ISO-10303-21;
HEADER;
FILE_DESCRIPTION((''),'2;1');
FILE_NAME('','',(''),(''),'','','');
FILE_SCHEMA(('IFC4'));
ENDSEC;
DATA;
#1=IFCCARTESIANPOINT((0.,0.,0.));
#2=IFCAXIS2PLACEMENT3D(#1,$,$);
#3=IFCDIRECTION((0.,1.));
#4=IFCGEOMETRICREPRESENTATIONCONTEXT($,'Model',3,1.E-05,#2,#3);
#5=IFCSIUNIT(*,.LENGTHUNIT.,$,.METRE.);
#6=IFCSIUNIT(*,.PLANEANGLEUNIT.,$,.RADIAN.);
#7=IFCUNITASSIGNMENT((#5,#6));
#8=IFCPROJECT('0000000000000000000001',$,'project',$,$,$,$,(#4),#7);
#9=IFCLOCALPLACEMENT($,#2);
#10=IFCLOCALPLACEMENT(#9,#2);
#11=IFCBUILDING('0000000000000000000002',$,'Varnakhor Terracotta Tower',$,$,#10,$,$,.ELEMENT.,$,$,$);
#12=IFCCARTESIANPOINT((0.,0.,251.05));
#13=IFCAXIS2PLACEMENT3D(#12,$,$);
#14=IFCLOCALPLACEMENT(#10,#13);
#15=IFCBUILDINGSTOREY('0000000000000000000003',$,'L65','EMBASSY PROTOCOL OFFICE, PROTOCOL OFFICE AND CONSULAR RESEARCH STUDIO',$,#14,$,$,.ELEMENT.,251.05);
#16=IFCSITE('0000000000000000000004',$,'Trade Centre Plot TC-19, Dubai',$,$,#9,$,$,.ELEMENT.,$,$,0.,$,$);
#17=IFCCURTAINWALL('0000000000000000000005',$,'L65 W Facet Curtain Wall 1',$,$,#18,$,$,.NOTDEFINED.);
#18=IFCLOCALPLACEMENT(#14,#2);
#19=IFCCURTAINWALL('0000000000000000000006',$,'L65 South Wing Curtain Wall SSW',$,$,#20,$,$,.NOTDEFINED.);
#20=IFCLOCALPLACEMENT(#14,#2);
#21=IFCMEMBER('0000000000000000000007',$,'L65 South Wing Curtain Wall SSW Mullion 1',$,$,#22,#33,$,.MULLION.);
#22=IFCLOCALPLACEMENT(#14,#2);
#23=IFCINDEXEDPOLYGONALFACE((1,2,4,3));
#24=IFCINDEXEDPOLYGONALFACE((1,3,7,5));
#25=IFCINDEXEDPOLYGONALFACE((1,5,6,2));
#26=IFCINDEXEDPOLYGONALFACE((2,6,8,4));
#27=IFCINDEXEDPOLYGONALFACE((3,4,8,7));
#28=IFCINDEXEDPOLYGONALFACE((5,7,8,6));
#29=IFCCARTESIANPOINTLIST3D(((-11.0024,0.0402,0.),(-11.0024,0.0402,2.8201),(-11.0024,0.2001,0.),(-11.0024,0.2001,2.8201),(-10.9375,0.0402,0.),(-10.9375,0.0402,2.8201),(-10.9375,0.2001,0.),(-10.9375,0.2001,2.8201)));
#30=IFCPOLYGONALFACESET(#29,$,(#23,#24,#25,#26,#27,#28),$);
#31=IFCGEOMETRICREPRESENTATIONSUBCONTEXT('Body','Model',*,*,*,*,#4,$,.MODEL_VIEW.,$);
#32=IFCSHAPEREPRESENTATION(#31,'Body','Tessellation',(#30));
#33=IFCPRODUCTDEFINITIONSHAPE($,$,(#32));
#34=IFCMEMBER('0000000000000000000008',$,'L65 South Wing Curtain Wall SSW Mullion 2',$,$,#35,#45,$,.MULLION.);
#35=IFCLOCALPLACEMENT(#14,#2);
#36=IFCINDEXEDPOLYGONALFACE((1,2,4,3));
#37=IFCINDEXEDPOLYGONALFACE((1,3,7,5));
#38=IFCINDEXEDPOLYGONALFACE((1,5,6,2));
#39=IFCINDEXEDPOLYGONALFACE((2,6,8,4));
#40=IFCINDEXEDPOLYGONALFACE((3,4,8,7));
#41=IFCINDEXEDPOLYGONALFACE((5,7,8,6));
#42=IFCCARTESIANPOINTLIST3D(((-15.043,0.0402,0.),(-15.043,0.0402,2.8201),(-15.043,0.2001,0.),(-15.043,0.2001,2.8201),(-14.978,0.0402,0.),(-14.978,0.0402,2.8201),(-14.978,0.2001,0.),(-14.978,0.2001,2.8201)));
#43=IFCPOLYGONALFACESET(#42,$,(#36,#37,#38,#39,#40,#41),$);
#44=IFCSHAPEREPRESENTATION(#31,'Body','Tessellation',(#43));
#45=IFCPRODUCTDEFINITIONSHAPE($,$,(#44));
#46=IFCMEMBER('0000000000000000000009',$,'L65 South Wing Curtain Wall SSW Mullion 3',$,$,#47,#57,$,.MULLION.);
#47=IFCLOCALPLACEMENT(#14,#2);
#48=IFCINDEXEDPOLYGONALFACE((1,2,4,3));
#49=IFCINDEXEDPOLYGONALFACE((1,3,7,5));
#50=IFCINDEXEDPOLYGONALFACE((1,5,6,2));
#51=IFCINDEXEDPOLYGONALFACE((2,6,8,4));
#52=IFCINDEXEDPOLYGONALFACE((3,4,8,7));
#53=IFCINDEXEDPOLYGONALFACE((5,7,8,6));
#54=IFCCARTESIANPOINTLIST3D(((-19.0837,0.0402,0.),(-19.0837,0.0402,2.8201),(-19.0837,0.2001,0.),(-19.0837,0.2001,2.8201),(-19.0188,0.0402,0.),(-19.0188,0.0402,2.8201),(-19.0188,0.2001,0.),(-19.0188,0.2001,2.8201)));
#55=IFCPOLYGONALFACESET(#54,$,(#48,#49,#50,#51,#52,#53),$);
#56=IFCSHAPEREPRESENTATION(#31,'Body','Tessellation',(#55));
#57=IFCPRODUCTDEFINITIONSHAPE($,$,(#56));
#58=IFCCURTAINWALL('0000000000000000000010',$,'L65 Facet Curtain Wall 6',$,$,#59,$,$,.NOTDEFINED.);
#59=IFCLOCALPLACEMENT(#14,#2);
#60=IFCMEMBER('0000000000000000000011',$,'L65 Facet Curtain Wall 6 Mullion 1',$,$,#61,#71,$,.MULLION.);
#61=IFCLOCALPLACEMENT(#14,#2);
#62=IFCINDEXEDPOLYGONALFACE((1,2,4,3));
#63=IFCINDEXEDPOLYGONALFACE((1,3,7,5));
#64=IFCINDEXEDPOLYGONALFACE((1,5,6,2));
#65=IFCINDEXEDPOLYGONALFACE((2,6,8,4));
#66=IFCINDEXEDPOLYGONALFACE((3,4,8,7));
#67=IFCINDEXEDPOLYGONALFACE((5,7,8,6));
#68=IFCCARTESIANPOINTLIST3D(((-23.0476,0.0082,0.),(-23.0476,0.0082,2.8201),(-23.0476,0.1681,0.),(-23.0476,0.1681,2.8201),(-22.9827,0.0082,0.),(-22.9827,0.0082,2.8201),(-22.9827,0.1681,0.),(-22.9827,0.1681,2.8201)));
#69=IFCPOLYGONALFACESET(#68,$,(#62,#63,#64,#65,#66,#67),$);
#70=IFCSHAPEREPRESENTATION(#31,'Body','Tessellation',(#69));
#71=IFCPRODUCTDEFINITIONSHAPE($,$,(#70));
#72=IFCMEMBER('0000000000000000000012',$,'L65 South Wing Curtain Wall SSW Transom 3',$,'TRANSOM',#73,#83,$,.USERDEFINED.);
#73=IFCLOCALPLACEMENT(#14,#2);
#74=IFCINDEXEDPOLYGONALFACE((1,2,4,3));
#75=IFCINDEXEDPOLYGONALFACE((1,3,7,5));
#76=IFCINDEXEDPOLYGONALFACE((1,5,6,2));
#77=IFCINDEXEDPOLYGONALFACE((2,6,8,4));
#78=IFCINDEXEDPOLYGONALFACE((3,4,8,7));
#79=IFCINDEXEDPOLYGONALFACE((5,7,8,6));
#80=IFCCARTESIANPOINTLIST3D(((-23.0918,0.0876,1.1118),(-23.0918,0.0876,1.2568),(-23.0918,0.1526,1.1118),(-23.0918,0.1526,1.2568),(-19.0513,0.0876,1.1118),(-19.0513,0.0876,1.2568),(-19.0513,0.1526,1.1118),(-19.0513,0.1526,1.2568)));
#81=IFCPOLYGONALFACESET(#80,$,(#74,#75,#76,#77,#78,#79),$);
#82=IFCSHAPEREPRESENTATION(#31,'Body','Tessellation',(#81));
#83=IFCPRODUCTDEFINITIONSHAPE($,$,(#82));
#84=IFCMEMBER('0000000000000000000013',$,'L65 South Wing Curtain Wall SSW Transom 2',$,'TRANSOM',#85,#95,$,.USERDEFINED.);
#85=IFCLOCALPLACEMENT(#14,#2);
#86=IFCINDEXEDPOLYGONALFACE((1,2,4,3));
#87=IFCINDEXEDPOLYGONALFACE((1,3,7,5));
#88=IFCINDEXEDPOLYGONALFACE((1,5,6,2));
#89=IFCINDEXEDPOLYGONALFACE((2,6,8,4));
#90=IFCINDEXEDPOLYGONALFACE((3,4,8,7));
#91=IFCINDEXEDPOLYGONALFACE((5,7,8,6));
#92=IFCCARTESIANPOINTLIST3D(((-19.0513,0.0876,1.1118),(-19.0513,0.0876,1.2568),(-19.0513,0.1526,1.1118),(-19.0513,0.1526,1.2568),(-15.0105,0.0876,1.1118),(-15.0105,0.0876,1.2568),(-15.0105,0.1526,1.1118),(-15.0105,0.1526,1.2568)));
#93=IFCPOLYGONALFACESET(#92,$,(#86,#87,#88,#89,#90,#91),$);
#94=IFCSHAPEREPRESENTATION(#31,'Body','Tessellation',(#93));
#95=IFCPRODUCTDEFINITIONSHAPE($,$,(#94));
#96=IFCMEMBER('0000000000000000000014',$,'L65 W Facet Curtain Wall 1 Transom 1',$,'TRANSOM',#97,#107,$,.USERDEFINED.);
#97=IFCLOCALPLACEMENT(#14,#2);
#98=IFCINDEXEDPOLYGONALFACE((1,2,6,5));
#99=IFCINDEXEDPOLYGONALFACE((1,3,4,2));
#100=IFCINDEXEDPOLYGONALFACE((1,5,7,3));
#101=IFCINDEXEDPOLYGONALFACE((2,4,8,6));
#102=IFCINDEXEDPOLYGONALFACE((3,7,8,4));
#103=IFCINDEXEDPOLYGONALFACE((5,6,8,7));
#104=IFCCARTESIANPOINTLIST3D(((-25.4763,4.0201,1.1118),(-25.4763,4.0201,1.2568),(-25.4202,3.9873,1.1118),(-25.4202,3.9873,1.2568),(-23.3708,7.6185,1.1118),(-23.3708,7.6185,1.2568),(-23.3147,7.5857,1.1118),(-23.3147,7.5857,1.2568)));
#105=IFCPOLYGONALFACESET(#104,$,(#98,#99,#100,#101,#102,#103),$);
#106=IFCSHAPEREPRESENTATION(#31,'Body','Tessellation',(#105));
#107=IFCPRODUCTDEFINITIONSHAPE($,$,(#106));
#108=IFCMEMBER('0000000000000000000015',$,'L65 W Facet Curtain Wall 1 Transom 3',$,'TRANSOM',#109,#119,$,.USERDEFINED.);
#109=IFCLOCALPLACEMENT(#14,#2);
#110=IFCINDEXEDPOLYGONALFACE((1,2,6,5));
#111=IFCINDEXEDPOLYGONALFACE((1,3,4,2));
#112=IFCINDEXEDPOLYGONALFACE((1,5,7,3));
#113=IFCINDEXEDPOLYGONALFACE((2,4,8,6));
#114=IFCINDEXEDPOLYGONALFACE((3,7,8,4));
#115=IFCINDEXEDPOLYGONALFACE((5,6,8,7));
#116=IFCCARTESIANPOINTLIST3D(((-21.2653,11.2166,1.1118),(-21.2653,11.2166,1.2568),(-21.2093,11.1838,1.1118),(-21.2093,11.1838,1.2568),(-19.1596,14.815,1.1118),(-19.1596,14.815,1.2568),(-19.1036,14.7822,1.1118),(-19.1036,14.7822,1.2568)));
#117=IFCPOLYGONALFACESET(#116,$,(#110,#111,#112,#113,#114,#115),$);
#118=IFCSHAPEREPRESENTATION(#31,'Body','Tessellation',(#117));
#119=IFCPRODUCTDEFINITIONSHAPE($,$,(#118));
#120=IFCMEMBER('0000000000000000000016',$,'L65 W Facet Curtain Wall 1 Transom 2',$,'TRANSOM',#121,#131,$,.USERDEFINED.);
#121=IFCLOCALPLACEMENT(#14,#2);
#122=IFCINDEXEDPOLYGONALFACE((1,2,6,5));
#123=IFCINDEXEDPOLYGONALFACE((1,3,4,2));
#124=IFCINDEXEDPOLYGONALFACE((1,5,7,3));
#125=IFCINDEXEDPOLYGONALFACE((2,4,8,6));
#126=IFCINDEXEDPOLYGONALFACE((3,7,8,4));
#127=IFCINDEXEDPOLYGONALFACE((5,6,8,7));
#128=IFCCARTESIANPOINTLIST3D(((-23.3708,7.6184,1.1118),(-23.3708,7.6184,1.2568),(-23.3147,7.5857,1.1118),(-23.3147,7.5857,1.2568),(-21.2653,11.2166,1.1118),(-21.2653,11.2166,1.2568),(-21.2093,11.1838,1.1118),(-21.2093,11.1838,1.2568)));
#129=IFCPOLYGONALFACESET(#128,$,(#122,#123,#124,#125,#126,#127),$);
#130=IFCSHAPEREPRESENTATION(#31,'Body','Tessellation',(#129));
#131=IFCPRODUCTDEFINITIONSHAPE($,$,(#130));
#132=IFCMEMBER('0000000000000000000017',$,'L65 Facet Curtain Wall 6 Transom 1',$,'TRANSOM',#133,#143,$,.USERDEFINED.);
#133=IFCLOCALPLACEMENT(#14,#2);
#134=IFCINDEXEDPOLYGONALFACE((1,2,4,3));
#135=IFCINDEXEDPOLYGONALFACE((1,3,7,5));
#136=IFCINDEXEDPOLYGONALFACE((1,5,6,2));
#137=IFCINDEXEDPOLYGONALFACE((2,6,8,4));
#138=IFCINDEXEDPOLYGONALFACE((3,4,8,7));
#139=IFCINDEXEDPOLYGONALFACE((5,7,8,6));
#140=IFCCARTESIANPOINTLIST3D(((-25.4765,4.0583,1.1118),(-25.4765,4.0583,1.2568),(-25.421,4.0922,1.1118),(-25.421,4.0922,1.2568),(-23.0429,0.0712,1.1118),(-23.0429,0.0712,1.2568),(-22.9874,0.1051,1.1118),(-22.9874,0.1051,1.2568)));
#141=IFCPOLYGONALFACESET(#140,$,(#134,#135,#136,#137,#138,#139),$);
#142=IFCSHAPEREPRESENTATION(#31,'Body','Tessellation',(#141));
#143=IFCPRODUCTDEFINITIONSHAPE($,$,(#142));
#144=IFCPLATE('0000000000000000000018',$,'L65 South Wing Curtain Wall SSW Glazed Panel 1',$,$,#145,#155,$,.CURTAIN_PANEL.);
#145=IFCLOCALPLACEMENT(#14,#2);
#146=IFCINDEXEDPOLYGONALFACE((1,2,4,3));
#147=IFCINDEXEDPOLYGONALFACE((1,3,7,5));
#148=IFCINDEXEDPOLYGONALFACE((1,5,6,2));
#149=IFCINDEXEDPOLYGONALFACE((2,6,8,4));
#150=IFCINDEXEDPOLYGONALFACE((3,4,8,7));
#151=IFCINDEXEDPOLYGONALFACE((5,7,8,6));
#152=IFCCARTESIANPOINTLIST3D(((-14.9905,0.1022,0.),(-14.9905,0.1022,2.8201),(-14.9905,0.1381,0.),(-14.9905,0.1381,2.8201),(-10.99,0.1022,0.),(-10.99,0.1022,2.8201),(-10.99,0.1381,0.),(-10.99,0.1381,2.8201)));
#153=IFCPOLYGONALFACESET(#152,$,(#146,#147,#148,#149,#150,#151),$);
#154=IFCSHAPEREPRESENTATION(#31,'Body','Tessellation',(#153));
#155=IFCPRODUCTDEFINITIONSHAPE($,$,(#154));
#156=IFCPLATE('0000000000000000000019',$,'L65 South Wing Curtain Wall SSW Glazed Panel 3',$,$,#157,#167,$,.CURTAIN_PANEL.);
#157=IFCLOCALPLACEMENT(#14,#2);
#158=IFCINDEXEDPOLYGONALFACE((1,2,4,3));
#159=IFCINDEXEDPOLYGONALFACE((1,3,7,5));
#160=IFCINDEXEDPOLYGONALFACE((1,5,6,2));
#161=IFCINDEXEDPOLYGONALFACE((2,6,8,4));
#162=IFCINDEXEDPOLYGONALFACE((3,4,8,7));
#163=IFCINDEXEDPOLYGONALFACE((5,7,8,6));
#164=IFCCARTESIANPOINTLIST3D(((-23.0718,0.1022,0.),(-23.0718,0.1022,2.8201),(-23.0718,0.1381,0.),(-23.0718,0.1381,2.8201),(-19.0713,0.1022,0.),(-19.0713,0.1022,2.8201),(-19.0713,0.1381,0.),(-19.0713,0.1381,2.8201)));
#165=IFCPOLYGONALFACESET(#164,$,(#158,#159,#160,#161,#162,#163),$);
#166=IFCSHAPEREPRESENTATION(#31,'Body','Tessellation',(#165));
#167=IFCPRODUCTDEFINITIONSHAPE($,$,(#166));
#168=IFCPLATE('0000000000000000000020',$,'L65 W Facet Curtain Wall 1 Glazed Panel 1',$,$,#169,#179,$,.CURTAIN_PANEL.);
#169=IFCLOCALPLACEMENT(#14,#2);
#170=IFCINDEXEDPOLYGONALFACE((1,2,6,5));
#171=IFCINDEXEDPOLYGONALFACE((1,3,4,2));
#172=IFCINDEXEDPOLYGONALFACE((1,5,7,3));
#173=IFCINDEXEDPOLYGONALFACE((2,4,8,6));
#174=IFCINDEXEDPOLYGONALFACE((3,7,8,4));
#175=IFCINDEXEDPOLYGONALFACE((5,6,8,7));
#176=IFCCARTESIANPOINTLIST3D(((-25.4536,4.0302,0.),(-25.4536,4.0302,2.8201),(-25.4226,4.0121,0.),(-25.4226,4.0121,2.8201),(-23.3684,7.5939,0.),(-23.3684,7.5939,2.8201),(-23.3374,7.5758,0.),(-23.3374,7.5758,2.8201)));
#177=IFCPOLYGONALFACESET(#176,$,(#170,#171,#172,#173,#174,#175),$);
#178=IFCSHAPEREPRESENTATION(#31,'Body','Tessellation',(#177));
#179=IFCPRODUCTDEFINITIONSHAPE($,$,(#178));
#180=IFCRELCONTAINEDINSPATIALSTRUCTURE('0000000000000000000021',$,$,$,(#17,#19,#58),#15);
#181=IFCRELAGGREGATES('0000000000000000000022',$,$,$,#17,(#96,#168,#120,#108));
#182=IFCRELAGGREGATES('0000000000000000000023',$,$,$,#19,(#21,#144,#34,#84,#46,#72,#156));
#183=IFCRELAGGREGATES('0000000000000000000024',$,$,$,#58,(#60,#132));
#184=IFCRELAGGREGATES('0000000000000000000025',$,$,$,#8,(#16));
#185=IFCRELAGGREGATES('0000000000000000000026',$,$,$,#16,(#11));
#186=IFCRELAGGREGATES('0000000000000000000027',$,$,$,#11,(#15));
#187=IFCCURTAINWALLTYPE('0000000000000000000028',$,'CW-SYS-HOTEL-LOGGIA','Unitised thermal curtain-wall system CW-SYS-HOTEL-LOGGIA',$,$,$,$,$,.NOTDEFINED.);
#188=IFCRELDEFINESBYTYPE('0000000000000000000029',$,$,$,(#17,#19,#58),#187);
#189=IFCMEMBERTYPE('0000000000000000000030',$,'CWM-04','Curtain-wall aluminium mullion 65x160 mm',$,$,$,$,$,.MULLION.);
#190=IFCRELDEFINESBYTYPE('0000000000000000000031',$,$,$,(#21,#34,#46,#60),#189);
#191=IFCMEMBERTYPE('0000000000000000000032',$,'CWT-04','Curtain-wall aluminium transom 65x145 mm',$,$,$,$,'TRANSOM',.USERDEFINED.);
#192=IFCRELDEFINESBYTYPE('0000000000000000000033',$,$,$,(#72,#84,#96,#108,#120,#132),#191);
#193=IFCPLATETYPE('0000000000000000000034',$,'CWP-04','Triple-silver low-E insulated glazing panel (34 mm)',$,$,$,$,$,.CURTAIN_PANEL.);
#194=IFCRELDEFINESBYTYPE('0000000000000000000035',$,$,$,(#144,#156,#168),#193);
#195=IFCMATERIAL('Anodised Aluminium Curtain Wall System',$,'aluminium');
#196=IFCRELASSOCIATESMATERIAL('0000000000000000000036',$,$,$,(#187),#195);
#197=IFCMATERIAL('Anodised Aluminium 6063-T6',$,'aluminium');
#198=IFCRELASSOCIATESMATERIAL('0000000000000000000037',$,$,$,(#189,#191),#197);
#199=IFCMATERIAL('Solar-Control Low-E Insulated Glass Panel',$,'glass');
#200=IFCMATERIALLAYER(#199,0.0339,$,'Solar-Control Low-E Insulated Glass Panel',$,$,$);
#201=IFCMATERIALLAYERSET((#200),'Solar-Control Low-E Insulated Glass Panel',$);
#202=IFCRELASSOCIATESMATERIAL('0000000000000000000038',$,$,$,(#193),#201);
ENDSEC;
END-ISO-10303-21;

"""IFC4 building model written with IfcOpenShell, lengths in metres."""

from ifc_helpers import new_model, si_unit, direction, frame, origin, origin_2d, place, context, subcontext, project, spatial, rectangle, extrude, source, transform, mapped, material, layer, layer_set, material_profile, profile_set, type_object, type_shapes, element, aggregate, save


model = new_model("IFC4")

# Units and contexts
model_context = context("Model", 3, precision=1e-05, world=origin(), true_north=direction((0.0, 1.0)))
body_context = subcontext(model_context, "Body", "Model", "MODEL_VIEW")
ifc_project = project(units=[si_unit("LENGTHUNIT", "METRE"), si_unit("PLANEANGLEUNIT", "RADIAN")], contexts=[model_context])

# Site, building, storey
site_placement = place(None, origin())
site = spatial("IfcSite", under=ifc_project, at=site_placement, Name="Trade Centre Plot TC-19, Dubai", CompositionType="ELEMENT", RefElevation=0.0)
building_placement = place(site_placement, origin())
building = spatial("IfcBuilding", under=site, at=building_placement, Name="Varnakhor Terracotta Tower", CompositionType="ELEMENT")
storey_placement = place(building_placement, frame((0.0, 0.0, 251.05)))
storey = spatial("IfcBuildingStorey", under=building, at=storey_placement, Name="L65", Description="EMBASSY PROTOCOL OFFICE, PROTOCOL OFFICE AND CONSULAR RESEARCH STUDIO", CompositionType="ELEMENT", Elevation=251.05)

# Curtain walls, members
ifc_material_1 = material(Name="Anodised Aluminium Curtain Wall System", Category="aluminium")
curtain_wall_type = type_object("IfcCurtainWallType", Name="CW-SYS-HOTEL-LOGGIA", Description="Unitised thermal curtain-wall system CW-SYS-HOTEL-LOGGIA", PredefinedType="NOTDEFINED", material=ifc_material_1)
curtain_wall_1_placement = place(storey_placement, origin())
curtain_wall_1 = element("IfcCurtainWall", 1, at=curtain_wall_1_placement, inside=storey, type_object=curtain_wall_type, Name="L65 W Facet Curtain Wall 1", PredefinedType="NOTDEFINED")
ifc_material_2 = material(Name="Anodised Aluminium 6063-T6", Category="aluminium")
ifc_material_profile_1 = material_profile(ifc_material_2, rectangle(XDim=0.0649, YDim=0.1599, at=origin_2d()), Name="ALU MULLION 65x160")
ifc_profile_set_1 = profile_set([ifc_material_profile_1], Name="Anodised Aluminium 6063-T6")
member_type_1 = type_object("IfcMemberType", Name="CWM-04", Description="Curtain-wall aluminium mullion 65x160 mm", PredefinedType="MULLION", material=ifc_profile_set_1)
shared_shape_1 = source(origin(), body_context, "Body", "SweptSolid", [
    extrude(rectangle(XDim=0.0649, YDim=0.1599, at=origin_2d()), origin(), (0.0, 0.0, 1.0), 2.8201),
])
type_shapes(member_type_1, [shared_shape_1])
curtain_wall_2_placement = place(storey_placement, origin())
curtain_wall_2 = element("IfcCurtainWall", 2, at=curtain_wall_2_placement, inside=storey, type_object=curtain_wall_type, Name="L65 South Wing Curtain Wall SSW", PredefinedType="NOTDEFINED")
member_1_placement = place(storey_placement, frame((-10.97, 0.1201, 0.0), z_axis=(0.0, 0.0, 1.0), x_axis=(1.0, 0.0, 0.0)))
member_1 = element("IfcMember", 3, at=member_1_placement, type_object=member_type_1, Name="L65 South Wing Curtain Wall SSW Mullion 1", PredefinedType="MULLION", context=body_context, shape_type="MappedRepresentation", body=[
    mapped(shared_shape_1, transform((0.0, 0.0, 0.0), scale=1.0)),
])
member_2_placement = place(storey_placement, frame((-15.0105, 0.1201, 0.0), z_axis=(0.0, 0.0, 1.0), x_axis=(1.0, 0.0, 0.0)))
member_2 = element("IfcMember", 4, at=member_2_placement, type_object=member_type_1, Name="L65 South Wing Curtain Wall SSW Mullion 2", PredefinedType="MULLION", context=body_context, shape_type="MappedRepresentation", body=[
    mapped(shared_shape_1, transform((0.0, 0.0, 0.0), scale=1.0)),
])
member_3_placement = place(storey_placement, frame((-19.0513, 0.1201, 0.0), z_axis=(0.0, 0.0, 1.0), x_axis=(1.0, 0.0, 0.0)))
member_3 = element("IfcMember", 5, at=member_3_placement, type_object=member_type_1, Name="L65 South Wing Curtain Wall SSW Mullion 3", PredefinedType="MULLION", context=body_context, shape_type="MappedRepresentation", body=[
    mapped(shared_shape_1, transform((0.0, 0.0, 0.0), scale=1.0)),
])

# Curtain wall, member
curtain_wall_3_placement = place(storey_placement, origin())
curtain_wall_3 = element("IfcCurtainWall", 6, at=curtain_wall_3_placement, inside=storey, type_object=curtain_wall_type, Name="L65 Facet Curtain Wall 6", PredefinedType="NOTDEFINED")
member_4_placement = place(storey_placement, frame((-23.0151, 0.0881, 0.0), z_axis=(0.0, 0.0, 1.0), x_axis=(1.0, 0.0, 0.0)))
member_4 = element("IfcMember", 7, at=member_4_placement, type_object=member_type_1, Name="L65 Facet Curtain Wall 6 Mullion 1", PredefinedType="MULLION", context=body_context, shape_type="MappedRepresentation", body=[
    mapped(shared_shape_1, transform((0.0, 0.0, 0.0), scale=1.0)),
])

# Members
ifc_material_profile_2 = material_profile(ifc_material_2, rectangle(XDim=0.0649, YDim=0.145, at=origin_2d()), Name="ALU TRANSOM 65x145")
ifc_profile_set_2 = profile_set([ifc_material_profile_2], Name="Anodised Aluminium 6063-T6")
member_type_2 = type_object("IfcMemberType", Name="CWT-04", Description="Curtain-wall aluminium transom 65x145 mm", ElementType="TRANSOM", PredefinedType="USERDEFINED", material=ifc_profile_set_2)
shared_shape_2 = source(origin(), body_context, "Body", "SweptSolid", [
    extrude(rectangle(XDim=0.0649, YDim=0.145, at=origin_2d()), origin(), (0.0, 0.0, 1.0), 4.0405),
])
member_5_placement = place(storey_placement, frame((-19.0513, 0.1201, 1.1843), z_axis=(-1.0, 0.0, 0.0), x_axis=(0.0, -1.0, 0.0)))
member_5 = element("IfcMember", 8, at=member_5_placement, type_object=member_type_2, Name="L65 South Wing Curtain Wall SSW Transom 3", ObjectType="TRANSOM", PredefinedType="USERDEFINED", context=body_context, shape_type="MappedRepresentation", body=[
    mapped(shared_shape_2, transform((0.0, 0.0, 0.0), scale=1.0)),
])
shared_shape_3 = source(origin(), body_context, "Body", "SweptSolid", [
    extrude(rectangle(XDim=0.0649, YDim=0.145, at=origin_2d()), origin(), (0.0, 0.0, 1.0), 4.0408),
])
member_6_placement = place(storey_placement, frame((-15.0105, 0.1201, 1.1843), z_axis=(-1.0, 0.0, 0.0), x_axis=(0.0, -1.0, 0.0)))
member_6 = element("IfcMember", 9, at=member_6_placement, type_object=member_type_2, Name="L65 South Wing Curtain Wall SSW Transom 2", ObjectType="TRANSOM", PredefinedType="USERDEFINED", context=body_context, shape_type="MappedRepresentation", body=[
    mapped(shared_shape_3, transform((0.0, 0.0, 0.0), scale=1.0)),
])
shared_shape_4 = source(origin(), body_context, "Body", "SweptSolid", [
    extrude(rectangle(XDim=0.0649, YDim=0.145, at=origin_2d()), origin(), (0.0, 0.0, 1.0), 4.1692),
])
member_7_placement = place(storey_placement, frame((-25.4482, 4.0037, 1.1843), z_axis=(0.505017, 0.863109, 0.0), x_axis=(-0.863109, 0.505017, 0.0)))
member_7 = element("IfcMember", 10, at=member_7_placement, type_object=member_type_2, Name="L65 W Facet Curtain Wall 1 Transom 1", ObjectType="TRANSOM", PredefinedType="USERDEFINED", context=body_context, shape_type="MappedRepresentation", body=[
    mapped(shared_shape_4, transform((0.0, 0.0, 0.0), scale=1.0)),
])
member_8_placement = place(storey_placement, frame((-21.2373, 11.2002, 1.1843), z_axis=(0.505061, 0.863084, 0.0), x_axis=(-0.863084, 0.505061, 0.0)))
member_8 = element("IfcMember", 11, at=member_8_placement, type_object=member_type_2, Name="L65 W Facet Curtain Wall 1 Transom 3", ObjectType="TRANSOM", PredefinedType="USERDEFINED", context=body_context, shape_type="MappedRepresentation", body=[
    mapped(shared_shape_4, transform((0.0, 0.0, 0.0), scale=1.0)),
])
shared_shape_5 = source(origin(), body_context, "Body", "SweptSolid", [
    extrude(rectangle(XDim=0.0649, YDim=0.145, at=origin_2d()), origin(), (0.0, 0.0, 1.0), 4.1689),
])
member_9_placement = place(storey_placement, frame((-23.3428, 7.6021, 1.1843), z_axis=(0.505043, 0.863094, 0.0), x_axis=(-0.863094, 0.505043, 0.0)))
member_9 = element("IfcMember", 12, at=member_9_placement, type_object=member_type_2, Name="L65 W Facet Curtain Wall 1 Transom 2", ObjectType="TRANSOM", PredefinedType="USERDEFINED", context=body_context, shape_type="MappedRepresentation", body=[
    mapped(shared_shape_5, transform((0.0, 0.0, 0.0), scale=1.0)),
])
shared_shape_6 = source(origin(), body_context, "Body", "SweptSolid", [
    extrude(rectangle(XDim=0.0649, YDim=0.145, at=origin_2d()), origin(), (0.0, 0.0, 1.0), 4.6711),
])
member_10_placement = place(storey_placement, frame((-23.0151, 0.0881, 1.1843), z_axis=(-0.520991, 0.853562, 0.0), x_axis=(-0.853562, -0.520991, 0.0)))
member_10 = element("IfcMember", 13, at=member_10_placement, type_object=member_type_2, Name="L65 Facet Curtain Wall 6 Transom 1", ObjectType="TRANSOM", PredefinedType="USERDEFINED", context=body_context, shape_type="MappedRepresentation", body=[
    mapped(shared_shape_6, transform((0.0, 0.0, 0.0), scale=1.0)),
])

# Plates
ifc_material_3 = material(Name="Solar-Control Low-E Insulated Glass Panel", Category="glass")
ifc_layer_1 = layer(ifc_material_3, 0.0339, Name="Solar-Control Low-E Insulated Glass Panel")
ifc_layer_set_1 = layer_set([ifc_layer_1], Name="Solar-Control Low-E Insulated Glass Panel")
plate_type = type_object("IfcPlateType", Name="CWP-04", Description="Triple-silver low-E insulated glazing panel (34 mm)", PredefinedType="CURTAIN_PANEL", material=ifc_layer_set_1)
shared_shape_7 = source(origin(), body_context, "Body", "SweptSolid", [
    extrude(rectangle(XDim=4.0005, YDim=0.0359, at=origin_2d()), origin(), (0.0, 0.0, 1.0), 2.8201),
])
plate_1_placement = place(storey_placement, frame((-12.9902, 0.1201, 0.0), z_axis=(0.0, 0.0, 1.0), x_axis=(-1.0, 0.0, 0.0)))
plate_1 = element("IfcPlate", 14, at=plate_1_placement, type_object=plate_type, Name="L65 South Wing Curtain Wall SSW Glazed Panel 1", PredefinedType="CURTAIN_PANEL", context=body_context, shape_type="MappedRepresentation", body=[
    mapped(shared_shape_7, transform((0.0, 0.0, 0.0), scale=1.0)),
])
plate_2_placement = place(storey_placement, frame((-21.0715, 0.1201, 0.0), z_axis=(0.0, 0.0, 1.0), x_axis=(-1.0, 0.0, 0.0)))
plate_2 = element("IfcPlate", 15, at=plate_2_placement, type_object=plate_type, Name="L65 South Wing Curtain Wall SSW Glazed Panel 3", PredefinedType="CURTAIN_PANEL", context=body_context, shape_type="MappedRepresentation", body=[
    mapped(shared_shape_7, transform((0.0, 0.0, 0.0), scale=1.0)),
])
shared_shape_8 = source(origin(), body_context, "Body", "SweptSolid", [
    extrude(rectangle(XDim=4.1289, YDim=0.0359, at=origin_2d()), origin(), (0.0, 0.0, 1.0), 2.8201),
])
plate_3_placement = place(storey_placement, frame((-24.3955, 5.803, 0.0), z_axis=(0.0, 0.0, 1.0), x_axis=(0.505025, 0.863105, 0.0)))
plate_3 = element("IfcPlate", 16, at=plate_3_placement, type_object=plate_type, Name="L65 W Facet Curtain Wall 1 Glazed Panel 1", PredefinedType="CURTAIN_PANEL", context=body_context, shape_type="MappedRepresentation", body=[
    mapped(shared_shape_8, transform((0.0, 0.0, 0.0), scale=1.0)),
])
aggregate(curtain_wall_1, [member_7, plate_3, member_9, member_8])
aggregate(curtain_wall_2, [member_1, plate_1, member_2, member_6, member_3, member_5, plate_2])
aggregate(curtain_wall_3, [member_4, member_10])

save(model, "model.ifc")
